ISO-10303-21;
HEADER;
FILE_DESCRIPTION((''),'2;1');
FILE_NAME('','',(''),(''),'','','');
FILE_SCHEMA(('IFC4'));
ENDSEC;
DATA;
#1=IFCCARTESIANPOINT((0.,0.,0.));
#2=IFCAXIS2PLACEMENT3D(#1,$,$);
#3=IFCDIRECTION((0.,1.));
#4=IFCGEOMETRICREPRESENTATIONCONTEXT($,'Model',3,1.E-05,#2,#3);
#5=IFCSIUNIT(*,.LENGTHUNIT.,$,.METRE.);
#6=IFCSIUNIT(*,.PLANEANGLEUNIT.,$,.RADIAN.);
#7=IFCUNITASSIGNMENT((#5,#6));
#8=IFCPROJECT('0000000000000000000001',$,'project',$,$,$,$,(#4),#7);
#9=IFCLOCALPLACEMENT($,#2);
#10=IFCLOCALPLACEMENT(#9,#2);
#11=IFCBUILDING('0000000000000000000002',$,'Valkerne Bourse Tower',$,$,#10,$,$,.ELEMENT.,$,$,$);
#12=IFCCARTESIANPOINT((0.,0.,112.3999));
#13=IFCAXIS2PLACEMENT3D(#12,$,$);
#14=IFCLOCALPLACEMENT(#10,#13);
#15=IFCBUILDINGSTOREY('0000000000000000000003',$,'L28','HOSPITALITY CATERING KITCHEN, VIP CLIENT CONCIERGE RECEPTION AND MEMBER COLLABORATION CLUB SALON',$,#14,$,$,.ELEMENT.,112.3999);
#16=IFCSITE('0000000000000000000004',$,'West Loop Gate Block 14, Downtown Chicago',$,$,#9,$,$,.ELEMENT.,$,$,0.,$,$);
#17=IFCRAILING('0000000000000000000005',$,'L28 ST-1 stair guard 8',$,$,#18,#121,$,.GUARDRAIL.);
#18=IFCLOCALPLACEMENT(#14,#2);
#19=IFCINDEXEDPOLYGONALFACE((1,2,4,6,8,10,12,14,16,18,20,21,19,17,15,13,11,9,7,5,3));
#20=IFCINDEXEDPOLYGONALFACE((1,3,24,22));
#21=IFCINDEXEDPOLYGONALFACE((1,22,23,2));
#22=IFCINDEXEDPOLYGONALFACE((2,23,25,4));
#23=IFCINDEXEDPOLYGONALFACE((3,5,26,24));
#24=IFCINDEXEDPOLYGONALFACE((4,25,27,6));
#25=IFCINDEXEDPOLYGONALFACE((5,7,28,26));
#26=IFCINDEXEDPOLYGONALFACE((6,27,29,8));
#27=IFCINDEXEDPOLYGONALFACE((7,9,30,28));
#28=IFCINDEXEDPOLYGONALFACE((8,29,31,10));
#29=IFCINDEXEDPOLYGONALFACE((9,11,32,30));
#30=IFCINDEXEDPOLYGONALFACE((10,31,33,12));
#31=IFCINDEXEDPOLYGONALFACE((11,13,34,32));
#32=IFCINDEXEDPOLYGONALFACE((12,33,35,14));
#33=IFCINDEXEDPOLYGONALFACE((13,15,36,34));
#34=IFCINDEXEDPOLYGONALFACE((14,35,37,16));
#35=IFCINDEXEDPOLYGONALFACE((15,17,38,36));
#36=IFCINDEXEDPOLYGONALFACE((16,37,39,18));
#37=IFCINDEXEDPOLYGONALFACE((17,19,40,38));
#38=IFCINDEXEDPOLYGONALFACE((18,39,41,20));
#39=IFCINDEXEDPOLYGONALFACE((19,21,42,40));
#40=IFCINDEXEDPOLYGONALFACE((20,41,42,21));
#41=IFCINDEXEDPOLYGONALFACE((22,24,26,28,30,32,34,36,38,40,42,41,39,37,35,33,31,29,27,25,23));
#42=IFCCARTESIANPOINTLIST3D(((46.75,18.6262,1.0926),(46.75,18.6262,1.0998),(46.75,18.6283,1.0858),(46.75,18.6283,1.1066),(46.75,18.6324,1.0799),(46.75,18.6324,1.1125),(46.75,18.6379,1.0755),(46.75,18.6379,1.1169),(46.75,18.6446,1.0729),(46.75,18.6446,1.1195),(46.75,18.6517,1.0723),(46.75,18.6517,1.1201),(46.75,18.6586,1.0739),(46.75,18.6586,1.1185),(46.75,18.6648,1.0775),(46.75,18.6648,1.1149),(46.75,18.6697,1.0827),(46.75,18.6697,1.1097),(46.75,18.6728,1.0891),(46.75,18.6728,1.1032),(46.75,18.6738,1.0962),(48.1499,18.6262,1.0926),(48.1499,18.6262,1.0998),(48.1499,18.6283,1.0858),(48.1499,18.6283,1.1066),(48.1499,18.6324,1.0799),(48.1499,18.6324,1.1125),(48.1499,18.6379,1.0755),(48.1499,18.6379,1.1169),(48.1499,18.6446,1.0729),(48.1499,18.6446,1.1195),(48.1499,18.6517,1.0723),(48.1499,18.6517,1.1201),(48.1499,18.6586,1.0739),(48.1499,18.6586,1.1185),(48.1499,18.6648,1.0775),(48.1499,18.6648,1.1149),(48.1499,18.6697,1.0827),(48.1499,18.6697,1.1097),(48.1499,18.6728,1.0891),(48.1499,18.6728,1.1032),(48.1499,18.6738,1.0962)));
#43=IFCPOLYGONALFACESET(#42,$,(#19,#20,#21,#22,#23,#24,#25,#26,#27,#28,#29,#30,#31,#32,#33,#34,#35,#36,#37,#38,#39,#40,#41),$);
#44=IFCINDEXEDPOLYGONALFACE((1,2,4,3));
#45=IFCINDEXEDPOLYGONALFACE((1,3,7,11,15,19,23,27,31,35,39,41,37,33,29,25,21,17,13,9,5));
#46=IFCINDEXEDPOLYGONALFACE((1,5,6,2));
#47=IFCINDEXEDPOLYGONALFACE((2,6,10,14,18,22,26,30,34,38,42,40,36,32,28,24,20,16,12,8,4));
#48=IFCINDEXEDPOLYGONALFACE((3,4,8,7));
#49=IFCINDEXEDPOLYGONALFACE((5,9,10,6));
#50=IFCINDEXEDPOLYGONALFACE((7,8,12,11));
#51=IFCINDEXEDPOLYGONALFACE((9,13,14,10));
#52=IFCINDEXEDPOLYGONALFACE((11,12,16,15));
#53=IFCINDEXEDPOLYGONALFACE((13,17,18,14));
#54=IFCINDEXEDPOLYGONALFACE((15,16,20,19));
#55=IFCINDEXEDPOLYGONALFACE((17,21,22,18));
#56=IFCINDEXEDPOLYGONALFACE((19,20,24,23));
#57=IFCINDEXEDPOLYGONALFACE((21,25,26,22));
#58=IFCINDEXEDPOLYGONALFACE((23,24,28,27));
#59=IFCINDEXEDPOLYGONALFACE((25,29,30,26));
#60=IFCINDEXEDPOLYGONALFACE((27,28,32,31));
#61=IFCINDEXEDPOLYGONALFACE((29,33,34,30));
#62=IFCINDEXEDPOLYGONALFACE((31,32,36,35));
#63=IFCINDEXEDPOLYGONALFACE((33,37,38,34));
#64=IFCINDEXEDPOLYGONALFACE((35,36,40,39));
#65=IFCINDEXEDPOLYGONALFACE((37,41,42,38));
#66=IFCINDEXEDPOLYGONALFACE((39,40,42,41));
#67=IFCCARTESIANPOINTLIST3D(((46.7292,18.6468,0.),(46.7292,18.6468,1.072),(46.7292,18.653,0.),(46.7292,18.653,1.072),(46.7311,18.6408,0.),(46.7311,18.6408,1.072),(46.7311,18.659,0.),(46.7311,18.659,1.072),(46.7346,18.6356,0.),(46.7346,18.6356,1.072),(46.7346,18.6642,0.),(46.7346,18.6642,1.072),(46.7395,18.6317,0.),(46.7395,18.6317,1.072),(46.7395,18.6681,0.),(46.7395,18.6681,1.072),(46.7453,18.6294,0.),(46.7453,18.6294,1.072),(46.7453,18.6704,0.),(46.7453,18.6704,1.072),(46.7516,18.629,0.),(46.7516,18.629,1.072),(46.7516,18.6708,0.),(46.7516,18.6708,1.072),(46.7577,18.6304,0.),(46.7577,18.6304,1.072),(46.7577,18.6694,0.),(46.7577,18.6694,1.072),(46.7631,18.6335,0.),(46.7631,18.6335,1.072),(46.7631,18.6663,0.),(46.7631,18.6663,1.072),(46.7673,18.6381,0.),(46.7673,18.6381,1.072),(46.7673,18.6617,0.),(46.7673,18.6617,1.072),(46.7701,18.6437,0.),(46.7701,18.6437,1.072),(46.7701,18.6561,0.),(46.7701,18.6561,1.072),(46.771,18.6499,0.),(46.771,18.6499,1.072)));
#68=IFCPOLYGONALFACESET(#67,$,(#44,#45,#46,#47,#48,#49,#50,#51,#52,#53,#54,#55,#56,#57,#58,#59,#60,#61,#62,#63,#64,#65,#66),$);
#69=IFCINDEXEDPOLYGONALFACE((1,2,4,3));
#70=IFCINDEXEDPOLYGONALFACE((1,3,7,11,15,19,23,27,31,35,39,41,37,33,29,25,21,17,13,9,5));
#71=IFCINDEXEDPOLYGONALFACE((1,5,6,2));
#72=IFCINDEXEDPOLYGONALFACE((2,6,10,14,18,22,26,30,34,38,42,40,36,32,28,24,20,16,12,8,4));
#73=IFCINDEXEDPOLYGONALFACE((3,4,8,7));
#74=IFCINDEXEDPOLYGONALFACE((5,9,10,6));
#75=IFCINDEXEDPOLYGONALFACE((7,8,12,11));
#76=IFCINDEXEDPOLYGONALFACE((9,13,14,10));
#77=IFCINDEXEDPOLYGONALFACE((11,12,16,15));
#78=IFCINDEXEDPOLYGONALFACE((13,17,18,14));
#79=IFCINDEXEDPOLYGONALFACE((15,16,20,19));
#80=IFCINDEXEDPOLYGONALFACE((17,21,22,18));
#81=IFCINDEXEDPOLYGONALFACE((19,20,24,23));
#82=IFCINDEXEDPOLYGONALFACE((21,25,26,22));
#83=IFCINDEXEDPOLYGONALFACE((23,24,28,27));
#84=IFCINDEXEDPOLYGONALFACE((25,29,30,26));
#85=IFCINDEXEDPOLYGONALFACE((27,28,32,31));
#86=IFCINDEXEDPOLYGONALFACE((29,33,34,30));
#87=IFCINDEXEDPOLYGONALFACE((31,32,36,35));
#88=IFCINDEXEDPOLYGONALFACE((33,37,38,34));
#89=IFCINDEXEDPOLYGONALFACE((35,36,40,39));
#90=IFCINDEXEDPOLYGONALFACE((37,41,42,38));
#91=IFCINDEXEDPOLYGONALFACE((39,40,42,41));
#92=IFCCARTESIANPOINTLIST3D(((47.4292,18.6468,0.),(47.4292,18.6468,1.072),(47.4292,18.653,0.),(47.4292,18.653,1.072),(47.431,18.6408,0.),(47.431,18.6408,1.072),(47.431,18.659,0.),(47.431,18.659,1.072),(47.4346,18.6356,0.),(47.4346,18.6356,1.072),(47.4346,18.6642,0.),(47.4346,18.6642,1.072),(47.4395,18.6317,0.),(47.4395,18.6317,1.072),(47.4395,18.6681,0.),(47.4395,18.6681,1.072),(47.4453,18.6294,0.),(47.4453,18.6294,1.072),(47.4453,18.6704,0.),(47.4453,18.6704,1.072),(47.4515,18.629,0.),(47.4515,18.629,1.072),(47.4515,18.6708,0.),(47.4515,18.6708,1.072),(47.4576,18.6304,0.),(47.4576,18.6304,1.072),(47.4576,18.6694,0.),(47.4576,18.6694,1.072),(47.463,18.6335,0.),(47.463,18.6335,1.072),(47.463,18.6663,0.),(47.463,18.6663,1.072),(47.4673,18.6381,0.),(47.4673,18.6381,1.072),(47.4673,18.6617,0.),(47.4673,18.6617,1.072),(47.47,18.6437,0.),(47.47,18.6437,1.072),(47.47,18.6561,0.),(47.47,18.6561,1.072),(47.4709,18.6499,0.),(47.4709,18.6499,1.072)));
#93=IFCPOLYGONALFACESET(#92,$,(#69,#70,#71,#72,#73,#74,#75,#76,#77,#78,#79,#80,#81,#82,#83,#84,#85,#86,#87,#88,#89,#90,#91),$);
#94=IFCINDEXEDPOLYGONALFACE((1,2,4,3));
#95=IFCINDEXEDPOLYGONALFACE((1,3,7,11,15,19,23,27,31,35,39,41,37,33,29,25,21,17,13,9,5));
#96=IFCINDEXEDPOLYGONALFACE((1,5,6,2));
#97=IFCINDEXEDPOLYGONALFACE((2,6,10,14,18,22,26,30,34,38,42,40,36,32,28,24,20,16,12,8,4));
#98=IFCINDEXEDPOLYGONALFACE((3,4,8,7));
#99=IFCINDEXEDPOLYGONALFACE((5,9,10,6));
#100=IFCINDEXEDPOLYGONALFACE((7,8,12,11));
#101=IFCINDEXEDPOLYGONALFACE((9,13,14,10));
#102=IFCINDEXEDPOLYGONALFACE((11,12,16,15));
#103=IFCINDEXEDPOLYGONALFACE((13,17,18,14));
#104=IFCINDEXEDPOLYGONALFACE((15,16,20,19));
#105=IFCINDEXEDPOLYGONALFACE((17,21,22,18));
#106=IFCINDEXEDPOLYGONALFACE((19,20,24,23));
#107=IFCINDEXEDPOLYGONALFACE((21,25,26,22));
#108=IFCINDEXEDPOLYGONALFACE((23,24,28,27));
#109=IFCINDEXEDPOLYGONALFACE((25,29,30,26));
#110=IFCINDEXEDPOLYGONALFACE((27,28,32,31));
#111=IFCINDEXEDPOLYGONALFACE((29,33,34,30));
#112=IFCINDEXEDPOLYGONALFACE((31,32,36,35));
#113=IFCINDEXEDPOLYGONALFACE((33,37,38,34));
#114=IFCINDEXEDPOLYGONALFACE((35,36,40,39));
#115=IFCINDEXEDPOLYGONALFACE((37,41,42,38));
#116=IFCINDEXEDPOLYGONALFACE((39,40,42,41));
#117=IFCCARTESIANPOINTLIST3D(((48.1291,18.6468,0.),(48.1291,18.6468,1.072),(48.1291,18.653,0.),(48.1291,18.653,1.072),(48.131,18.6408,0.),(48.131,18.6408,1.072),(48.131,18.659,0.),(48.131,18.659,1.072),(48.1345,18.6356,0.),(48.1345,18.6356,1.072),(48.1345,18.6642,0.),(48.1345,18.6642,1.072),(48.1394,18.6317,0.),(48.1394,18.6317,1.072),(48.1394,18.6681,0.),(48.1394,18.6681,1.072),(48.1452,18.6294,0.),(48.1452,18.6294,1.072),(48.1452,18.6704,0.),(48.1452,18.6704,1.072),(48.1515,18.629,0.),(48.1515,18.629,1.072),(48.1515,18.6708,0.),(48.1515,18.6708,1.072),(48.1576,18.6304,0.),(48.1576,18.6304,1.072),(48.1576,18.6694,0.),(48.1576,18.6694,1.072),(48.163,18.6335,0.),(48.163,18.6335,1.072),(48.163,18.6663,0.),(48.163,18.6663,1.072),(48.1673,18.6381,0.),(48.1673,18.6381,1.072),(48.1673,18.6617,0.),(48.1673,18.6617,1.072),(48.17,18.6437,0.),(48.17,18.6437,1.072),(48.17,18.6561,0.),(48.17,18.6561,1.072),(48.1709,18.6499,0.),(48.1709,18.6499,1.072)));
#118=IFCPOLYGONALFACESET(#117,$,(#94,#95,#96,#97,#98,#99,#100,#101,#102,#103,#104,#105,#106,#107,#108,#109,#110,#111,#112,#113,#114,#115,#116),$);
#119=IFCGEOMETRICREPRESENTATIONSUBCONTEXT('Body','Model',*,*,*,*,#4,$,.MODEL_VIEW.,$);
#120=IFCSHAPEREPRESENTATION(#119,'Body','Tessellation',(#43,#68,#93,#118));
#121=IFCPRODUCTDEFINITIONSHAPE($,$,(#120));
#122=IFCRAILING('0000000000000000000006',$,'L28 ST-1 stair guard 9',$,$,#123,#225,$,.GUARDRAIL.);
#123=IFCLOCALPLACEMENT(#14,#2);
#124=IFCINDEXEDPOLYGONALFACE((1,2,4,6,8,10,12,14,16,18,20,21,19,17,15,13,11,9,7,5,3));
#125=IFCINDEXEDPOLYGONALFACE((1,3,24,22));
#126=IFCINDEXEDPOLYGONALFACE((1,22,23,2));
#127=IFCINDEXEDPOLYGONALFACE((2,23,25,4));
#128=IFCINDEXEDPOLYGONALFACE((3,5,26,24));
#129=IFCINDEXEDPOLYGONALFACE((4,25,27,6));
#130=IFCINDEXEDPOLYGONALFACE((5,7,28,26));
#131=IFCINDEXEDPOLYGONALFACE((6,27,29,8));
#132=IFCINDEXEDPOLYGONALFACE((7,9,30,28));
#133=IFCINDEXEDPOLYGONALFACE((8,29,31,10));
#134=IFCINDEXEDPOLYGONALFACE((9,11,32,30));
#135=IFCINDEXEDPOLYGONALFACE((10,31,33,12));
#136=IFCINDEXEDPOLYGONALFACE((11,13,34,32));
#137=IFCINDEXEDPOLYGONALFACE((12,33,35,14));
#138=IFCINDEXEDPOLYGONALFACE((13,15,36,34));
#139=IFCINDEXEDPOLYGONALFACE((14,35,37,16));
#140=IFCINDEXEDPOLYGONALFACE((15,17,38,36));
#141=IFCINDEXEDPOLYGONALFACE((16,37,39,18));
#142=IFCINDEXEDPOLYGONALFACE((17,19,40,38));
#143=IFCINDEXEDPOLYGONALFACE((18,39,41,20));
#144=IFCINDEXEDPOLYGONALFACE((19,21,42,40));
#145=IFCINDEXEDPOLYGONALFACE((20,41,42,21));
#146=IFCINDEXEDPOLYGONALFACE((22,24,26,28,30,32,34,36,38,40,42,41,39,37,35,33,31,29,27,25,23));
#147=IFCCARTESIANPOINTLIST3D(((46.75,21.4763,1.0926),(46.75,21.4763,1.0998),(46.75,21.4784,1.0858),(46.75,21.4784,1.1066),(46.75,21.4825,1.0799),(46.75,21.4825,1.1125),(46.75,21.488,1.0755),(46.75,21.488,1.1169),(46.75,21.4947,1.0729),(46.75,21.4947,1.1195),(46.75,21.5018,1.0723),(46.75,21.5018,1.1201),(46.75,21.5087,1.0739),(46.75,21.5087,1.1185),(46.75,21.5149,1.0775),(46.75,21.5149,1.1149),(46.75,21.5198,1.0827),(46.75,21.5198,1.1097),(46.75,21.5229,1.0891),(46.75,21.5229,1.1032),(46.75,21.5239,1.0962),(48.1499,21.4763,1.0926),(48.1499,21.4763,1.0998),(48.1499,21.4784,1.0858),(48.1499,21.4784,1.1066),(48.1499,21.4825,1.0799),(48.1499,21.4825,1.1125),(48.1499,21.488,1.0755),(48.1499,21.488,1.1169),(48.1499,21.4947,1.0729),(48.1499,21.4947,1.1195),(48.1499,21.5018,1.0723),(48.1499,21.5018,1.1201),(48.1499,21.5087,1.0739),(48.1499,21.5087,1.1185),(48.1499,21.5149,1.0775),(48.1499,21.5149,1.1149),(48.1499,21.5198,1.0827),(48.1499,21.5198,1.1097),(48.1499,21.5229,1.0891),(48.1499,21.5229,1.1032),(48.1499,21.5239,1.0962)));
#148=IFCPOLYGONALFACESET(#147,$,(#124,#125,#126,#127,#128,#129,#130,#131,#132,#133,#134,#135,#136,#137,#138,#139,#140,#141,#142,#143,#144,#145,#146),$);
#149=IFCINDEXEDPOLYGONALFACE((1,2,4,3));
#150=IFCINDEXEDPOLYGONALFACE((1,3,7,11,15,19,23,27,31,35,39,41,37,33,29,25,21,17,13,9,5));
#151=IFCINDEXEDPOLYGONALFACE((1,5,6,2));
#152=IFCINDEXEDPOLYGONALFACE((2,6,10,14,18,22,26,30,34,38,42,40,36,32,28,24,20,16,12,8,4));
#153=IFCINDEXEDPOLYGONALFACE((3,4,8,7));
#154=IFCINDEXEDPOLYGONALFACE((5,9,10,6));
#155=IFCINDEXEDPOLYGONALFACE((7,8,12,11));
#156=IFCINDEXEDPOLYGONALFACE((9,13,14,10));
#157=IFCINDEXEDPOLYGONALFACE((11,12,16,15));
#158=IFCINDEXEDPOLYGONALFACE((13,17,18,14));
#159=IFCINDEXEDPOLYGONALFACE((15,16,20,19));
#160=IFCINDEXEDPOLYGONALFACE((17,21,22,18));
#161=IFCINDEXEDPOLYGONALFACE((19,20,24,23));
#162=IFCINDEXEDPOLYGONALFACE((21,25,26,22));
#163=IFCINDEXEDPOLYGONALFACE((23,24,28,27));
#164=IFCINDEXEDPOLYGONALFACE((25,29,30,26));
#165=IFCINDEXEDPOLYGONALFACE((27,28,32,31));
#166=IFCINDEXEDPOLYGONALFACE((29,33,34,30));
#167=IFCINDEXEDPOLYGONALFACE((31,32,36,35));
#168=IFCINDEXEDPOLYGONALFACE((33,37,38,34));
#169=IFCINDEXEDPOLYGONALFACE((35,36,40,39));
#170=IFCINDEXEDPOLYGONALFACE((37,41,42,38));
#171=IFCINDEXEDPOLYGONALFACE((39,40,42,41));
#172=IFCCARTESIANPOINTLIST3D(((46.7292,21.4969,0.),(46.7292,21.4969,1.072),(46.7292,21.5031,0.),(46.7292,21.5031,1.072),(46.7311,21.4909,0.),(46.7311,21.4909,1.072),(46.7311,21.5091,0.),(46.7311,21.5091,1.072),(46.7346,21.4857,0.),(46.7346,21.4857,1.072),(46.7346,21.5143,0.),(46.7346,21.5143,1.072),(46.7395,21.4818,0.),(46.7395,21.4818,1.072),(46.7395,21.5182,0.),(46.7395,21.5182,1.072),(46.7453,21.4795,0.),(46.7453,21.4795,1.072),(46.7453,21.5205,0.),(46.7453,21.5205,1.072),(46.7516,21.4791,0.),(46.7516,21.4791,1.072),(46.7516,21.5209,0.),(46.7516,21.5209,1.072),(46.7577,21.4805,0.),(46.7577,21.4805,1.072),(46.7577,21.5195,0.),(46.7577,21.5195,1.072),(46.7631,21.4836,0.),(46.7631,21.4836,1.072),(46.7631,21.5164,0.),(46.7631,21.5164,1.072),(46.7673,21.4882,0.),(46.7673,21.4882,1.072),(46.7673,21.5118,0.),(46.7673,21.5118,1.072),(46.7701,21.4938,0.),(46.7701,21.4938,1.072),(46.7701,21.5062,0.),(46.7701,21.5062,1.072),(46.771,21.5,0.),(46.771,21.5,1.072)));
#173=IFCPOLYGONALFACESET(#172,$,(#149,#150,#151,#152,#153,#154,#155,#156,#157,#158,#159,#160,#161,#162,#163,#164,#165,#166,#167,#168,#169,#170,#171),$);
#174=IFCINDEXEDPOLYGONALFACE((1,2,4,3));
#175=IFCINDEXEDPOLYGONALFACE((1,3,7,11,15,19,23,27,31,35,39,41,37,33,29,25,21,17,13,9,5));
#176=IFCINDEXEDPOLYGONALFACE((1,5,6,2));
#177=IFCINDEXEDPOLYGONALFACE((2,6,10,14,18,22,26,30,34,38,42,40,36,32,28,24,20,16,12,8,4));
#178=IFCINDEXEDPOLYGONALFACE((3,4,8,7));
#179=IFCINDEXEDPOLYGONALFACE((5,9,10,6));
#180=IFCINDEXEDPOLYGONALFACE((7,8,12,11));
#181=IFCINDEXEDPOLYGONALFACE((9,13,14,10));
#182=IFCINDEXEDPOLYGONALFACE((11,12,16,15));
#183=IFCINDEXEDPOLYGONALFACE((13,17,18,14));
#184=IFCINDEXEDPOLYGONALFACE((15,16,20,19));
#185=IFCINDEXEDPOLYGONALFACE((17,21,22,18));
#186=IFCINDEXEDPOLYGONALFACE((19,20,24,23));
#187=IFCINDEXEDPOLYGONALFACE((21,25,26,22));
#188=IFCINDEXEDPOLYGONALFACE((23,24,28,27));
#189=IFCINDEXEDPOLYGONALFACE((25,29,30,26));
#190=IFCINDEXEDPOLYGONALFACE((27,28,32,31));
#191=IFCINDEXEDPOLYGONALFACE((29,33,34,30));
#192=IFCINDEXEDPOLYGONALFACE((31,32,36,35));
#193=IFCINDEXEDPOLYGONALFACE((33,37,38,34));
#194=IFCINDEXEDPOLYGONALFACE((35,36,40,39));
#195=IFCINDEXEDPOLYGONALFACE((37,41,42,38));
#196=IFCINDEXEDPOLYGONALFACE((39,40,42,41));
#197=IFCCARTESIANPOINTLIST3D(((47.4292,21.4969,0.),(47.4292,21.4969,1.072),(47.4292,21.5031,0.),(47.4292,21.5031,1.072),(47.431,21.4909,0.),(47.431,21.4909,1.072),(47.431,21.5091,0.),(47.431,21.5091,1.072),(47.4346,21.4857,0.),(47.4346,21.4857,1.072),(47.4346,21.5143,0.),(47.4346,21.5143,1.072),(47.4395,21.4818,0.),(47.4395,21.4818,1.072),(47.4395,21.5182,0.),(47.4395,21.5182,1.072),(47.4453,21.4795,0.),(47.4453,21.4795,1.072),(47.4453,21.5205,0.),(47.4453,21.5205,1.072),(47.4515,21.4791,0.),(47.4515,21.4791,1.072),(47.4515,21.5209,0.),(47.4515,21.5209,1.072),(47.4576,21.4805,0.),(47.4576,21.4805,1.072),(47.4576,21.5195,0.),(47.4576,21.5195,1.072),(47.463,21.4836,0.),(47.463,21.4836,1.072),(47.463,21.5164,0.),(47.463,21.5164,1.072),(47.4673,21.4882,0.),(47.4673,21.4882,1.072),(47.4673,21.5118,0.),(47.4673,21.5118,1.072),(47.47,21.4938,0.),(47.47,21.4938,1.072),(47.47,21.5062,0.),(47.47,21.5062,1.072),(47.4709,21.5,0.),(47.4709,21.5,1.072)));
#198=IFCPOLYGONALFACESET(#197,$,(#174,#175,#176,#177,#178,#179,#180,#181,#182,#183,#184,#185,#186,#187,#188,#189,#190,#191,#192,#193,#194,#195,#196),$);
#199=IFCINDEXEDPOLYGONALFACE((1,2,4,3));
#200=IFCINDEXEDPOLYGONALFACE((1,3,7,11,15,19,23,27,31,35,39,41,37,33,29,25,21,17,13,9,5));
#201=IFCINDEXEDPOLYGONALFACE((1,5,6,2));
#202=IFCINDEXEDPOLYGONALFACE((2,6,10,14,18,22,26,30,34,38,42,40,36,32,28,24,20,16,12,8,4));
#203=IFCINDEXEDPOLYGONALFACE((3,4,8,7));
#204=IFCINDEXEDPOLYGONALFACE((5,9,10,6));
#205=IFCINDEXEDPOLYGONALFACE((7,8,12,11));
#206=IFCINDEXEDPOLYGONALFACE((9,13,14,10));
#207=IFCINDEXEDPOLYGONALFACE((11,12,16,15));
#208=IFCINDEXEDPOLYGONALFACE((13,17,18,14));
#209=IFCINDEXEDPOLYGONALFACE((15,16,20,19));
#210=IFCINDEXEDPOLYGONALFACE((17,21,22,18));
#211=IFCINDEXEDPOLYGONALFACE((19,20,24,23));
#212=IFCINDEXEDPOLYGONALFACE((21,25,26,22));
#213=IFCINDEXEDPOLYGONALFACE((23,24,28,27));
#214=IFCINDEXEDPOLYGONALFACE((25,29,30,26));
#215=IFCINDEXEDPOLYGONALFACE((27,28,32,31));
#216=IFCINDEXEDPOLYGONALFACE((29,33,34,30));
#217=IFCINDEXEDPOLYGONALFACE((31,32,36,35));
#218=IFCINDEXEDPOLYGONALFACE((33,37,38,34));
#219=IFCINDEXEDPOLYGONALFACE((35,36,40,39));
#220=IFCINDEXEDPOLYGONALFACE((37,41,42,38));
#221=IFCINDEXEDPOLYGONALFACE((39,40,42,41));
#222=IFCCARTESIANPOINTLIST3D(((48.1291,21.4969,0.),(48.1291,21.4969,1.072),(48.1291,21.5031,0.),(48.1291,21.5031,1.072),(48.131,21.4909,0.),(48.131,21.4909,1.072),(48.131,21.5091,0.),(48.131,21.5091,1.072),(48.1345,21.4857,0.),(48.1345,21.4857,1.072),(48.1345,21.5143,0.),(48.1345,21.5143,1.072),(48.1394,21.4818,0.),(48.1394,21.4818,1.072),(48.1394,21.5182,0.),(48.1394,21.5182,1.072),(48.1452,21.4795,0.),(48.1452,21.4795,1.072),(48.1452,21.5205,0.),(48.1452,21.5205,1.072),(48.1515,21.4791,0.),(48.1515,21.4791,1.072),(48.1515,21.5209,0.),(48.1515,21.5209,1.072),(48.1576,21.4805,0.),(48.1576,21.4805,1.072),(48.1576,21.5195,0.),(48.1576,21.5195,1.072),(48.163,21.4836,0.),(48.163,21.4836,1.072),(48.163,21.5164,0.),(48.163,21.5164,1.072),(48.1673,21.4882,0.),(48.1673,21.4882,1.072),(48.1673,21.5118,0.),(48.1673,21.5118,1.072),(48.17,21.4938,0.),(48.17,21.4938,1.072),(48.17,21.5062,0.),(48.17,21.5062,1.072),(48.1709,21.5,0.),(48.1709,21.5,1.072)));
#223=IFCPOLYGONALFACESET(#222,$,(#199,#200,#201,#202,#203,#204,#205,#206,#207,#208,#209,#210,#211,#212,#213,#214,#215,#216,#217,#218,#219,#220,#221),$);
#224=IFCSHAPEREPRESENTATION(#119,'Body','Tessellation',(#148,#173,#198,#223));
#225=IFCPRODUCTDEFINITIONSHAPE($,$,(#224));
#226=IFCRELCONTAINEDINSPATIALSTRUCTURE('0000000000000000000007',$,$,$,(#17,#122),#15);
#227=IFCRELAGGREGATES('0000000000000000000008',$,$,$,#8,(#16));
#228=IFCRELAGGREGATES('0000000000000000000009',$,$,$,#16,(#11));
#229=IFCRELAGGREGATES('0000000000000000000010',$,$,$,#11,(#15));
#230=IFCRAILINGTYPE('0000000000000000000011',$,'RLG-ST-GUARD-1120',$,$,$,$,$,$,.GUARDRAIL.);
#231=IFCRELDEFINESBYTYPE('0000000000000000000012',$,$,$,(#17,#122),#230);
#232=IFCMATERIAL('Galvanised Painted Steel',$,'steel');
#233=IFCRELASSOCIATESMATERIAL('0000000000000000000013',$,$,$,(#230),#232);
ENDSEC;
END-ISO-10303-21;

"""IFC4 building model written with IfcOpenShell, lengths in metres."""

from ifc_helpers import new_model, si_unit, direction, frame, origin, origin_2d, place, context, subcontext, project, spatial, circle, extrude, material, type_object, element, save


model = new_model("IFC4")

# Units and contexts
model_context = context("Model", 3, precision=1e-05, world=origin(), true_north=direction((0.0, 1.0)))
body_context = subcontext(model_context, "Body", "Model", "MODEL_VIEW")
ifc_project = project(units=[si_unit("LENGTHUNIT", "METRE"), si_unit("PLANEANGLEUNIT", "RADIAN")], contexts=[model_context])

# Site, building, storey
site_placement = place(None, origin())
site = spatial("IfcSite", under=ifc_project, at=site_placement, Name="West Loop Gate Block 14, Downtown Chicago", CompositionType="ELEMENT", RefElevation=0.0)
building_placement = place(site_placement, origin())
building = spatial("IfcBuilding", under=site, at=building_placement, Name="Valkerne Bourse Tower", CompositionType="ELEMENT")
storey_placement = place(building_placement, frame((0.0, 0.0, 112.3999)))
storey = spatial("IfcBuildingStorey", under=building, at=storey_placement, Name="L28", Description="HOSPITALITY CATERING KITCHEN, VIP CLIENT CONCIERGE RECEPTION AND MEMBER COLLABORATION CLUB SALON", CompositionType="ELEMENT", Elevation=112.3999)

# Shared definitions
ifc_material_1 = material(Name="Galvanised Painted Steel", Category="steel")

# Railings
railing_type_1 = type_object("IfcRailingType", Name="RLG-ST-GUARD-1120", PredefinedType="GUARDRAIL", material=ifc_material_1)
for number, where, name in (
    (1, (46.75, 18.6499, 0.0), "L28 ST-1 stair guard 8"),
    (2, (46.75, 21.5, 0.0), "L28 ST-1 stair guard 9"),
):
    element("IfcRailing", number, at=place(storey_placement, frame(where)), inside=storey, type_object=railing_type_1, Name=name, PredefinedType="GUARDRAIL", context=body_context, shape_type="SweptSolid", body=[
        extrude(circle(Radius=0.0239, at=origin_2d()), frame((0.0, 0.0, 1.0962), z_axis=(1.0, 0.0, 0.0), x_axis=(0.0, 1.0, 0.0)), (0.0, 0.0, 1.0), 1.3999),
        extrude(circle(Radius=0.021, at=origin_2d()), origin(), (0.0, 0.0, 1.0), 1.072),
        extrude(circle(Radius=0.021, at=origin_2d()), frame((0.7, 0.0, 0.0)), (0.0, 0.0, 1.0), 1.072),
        extrude(circle(Radius=0.021, at=origin_2d()), frame((1.3999, 0.0, 0.0)), (0.0, 0.0, 1.0), 1.072),
    ])

save(model, "model.ifc")
